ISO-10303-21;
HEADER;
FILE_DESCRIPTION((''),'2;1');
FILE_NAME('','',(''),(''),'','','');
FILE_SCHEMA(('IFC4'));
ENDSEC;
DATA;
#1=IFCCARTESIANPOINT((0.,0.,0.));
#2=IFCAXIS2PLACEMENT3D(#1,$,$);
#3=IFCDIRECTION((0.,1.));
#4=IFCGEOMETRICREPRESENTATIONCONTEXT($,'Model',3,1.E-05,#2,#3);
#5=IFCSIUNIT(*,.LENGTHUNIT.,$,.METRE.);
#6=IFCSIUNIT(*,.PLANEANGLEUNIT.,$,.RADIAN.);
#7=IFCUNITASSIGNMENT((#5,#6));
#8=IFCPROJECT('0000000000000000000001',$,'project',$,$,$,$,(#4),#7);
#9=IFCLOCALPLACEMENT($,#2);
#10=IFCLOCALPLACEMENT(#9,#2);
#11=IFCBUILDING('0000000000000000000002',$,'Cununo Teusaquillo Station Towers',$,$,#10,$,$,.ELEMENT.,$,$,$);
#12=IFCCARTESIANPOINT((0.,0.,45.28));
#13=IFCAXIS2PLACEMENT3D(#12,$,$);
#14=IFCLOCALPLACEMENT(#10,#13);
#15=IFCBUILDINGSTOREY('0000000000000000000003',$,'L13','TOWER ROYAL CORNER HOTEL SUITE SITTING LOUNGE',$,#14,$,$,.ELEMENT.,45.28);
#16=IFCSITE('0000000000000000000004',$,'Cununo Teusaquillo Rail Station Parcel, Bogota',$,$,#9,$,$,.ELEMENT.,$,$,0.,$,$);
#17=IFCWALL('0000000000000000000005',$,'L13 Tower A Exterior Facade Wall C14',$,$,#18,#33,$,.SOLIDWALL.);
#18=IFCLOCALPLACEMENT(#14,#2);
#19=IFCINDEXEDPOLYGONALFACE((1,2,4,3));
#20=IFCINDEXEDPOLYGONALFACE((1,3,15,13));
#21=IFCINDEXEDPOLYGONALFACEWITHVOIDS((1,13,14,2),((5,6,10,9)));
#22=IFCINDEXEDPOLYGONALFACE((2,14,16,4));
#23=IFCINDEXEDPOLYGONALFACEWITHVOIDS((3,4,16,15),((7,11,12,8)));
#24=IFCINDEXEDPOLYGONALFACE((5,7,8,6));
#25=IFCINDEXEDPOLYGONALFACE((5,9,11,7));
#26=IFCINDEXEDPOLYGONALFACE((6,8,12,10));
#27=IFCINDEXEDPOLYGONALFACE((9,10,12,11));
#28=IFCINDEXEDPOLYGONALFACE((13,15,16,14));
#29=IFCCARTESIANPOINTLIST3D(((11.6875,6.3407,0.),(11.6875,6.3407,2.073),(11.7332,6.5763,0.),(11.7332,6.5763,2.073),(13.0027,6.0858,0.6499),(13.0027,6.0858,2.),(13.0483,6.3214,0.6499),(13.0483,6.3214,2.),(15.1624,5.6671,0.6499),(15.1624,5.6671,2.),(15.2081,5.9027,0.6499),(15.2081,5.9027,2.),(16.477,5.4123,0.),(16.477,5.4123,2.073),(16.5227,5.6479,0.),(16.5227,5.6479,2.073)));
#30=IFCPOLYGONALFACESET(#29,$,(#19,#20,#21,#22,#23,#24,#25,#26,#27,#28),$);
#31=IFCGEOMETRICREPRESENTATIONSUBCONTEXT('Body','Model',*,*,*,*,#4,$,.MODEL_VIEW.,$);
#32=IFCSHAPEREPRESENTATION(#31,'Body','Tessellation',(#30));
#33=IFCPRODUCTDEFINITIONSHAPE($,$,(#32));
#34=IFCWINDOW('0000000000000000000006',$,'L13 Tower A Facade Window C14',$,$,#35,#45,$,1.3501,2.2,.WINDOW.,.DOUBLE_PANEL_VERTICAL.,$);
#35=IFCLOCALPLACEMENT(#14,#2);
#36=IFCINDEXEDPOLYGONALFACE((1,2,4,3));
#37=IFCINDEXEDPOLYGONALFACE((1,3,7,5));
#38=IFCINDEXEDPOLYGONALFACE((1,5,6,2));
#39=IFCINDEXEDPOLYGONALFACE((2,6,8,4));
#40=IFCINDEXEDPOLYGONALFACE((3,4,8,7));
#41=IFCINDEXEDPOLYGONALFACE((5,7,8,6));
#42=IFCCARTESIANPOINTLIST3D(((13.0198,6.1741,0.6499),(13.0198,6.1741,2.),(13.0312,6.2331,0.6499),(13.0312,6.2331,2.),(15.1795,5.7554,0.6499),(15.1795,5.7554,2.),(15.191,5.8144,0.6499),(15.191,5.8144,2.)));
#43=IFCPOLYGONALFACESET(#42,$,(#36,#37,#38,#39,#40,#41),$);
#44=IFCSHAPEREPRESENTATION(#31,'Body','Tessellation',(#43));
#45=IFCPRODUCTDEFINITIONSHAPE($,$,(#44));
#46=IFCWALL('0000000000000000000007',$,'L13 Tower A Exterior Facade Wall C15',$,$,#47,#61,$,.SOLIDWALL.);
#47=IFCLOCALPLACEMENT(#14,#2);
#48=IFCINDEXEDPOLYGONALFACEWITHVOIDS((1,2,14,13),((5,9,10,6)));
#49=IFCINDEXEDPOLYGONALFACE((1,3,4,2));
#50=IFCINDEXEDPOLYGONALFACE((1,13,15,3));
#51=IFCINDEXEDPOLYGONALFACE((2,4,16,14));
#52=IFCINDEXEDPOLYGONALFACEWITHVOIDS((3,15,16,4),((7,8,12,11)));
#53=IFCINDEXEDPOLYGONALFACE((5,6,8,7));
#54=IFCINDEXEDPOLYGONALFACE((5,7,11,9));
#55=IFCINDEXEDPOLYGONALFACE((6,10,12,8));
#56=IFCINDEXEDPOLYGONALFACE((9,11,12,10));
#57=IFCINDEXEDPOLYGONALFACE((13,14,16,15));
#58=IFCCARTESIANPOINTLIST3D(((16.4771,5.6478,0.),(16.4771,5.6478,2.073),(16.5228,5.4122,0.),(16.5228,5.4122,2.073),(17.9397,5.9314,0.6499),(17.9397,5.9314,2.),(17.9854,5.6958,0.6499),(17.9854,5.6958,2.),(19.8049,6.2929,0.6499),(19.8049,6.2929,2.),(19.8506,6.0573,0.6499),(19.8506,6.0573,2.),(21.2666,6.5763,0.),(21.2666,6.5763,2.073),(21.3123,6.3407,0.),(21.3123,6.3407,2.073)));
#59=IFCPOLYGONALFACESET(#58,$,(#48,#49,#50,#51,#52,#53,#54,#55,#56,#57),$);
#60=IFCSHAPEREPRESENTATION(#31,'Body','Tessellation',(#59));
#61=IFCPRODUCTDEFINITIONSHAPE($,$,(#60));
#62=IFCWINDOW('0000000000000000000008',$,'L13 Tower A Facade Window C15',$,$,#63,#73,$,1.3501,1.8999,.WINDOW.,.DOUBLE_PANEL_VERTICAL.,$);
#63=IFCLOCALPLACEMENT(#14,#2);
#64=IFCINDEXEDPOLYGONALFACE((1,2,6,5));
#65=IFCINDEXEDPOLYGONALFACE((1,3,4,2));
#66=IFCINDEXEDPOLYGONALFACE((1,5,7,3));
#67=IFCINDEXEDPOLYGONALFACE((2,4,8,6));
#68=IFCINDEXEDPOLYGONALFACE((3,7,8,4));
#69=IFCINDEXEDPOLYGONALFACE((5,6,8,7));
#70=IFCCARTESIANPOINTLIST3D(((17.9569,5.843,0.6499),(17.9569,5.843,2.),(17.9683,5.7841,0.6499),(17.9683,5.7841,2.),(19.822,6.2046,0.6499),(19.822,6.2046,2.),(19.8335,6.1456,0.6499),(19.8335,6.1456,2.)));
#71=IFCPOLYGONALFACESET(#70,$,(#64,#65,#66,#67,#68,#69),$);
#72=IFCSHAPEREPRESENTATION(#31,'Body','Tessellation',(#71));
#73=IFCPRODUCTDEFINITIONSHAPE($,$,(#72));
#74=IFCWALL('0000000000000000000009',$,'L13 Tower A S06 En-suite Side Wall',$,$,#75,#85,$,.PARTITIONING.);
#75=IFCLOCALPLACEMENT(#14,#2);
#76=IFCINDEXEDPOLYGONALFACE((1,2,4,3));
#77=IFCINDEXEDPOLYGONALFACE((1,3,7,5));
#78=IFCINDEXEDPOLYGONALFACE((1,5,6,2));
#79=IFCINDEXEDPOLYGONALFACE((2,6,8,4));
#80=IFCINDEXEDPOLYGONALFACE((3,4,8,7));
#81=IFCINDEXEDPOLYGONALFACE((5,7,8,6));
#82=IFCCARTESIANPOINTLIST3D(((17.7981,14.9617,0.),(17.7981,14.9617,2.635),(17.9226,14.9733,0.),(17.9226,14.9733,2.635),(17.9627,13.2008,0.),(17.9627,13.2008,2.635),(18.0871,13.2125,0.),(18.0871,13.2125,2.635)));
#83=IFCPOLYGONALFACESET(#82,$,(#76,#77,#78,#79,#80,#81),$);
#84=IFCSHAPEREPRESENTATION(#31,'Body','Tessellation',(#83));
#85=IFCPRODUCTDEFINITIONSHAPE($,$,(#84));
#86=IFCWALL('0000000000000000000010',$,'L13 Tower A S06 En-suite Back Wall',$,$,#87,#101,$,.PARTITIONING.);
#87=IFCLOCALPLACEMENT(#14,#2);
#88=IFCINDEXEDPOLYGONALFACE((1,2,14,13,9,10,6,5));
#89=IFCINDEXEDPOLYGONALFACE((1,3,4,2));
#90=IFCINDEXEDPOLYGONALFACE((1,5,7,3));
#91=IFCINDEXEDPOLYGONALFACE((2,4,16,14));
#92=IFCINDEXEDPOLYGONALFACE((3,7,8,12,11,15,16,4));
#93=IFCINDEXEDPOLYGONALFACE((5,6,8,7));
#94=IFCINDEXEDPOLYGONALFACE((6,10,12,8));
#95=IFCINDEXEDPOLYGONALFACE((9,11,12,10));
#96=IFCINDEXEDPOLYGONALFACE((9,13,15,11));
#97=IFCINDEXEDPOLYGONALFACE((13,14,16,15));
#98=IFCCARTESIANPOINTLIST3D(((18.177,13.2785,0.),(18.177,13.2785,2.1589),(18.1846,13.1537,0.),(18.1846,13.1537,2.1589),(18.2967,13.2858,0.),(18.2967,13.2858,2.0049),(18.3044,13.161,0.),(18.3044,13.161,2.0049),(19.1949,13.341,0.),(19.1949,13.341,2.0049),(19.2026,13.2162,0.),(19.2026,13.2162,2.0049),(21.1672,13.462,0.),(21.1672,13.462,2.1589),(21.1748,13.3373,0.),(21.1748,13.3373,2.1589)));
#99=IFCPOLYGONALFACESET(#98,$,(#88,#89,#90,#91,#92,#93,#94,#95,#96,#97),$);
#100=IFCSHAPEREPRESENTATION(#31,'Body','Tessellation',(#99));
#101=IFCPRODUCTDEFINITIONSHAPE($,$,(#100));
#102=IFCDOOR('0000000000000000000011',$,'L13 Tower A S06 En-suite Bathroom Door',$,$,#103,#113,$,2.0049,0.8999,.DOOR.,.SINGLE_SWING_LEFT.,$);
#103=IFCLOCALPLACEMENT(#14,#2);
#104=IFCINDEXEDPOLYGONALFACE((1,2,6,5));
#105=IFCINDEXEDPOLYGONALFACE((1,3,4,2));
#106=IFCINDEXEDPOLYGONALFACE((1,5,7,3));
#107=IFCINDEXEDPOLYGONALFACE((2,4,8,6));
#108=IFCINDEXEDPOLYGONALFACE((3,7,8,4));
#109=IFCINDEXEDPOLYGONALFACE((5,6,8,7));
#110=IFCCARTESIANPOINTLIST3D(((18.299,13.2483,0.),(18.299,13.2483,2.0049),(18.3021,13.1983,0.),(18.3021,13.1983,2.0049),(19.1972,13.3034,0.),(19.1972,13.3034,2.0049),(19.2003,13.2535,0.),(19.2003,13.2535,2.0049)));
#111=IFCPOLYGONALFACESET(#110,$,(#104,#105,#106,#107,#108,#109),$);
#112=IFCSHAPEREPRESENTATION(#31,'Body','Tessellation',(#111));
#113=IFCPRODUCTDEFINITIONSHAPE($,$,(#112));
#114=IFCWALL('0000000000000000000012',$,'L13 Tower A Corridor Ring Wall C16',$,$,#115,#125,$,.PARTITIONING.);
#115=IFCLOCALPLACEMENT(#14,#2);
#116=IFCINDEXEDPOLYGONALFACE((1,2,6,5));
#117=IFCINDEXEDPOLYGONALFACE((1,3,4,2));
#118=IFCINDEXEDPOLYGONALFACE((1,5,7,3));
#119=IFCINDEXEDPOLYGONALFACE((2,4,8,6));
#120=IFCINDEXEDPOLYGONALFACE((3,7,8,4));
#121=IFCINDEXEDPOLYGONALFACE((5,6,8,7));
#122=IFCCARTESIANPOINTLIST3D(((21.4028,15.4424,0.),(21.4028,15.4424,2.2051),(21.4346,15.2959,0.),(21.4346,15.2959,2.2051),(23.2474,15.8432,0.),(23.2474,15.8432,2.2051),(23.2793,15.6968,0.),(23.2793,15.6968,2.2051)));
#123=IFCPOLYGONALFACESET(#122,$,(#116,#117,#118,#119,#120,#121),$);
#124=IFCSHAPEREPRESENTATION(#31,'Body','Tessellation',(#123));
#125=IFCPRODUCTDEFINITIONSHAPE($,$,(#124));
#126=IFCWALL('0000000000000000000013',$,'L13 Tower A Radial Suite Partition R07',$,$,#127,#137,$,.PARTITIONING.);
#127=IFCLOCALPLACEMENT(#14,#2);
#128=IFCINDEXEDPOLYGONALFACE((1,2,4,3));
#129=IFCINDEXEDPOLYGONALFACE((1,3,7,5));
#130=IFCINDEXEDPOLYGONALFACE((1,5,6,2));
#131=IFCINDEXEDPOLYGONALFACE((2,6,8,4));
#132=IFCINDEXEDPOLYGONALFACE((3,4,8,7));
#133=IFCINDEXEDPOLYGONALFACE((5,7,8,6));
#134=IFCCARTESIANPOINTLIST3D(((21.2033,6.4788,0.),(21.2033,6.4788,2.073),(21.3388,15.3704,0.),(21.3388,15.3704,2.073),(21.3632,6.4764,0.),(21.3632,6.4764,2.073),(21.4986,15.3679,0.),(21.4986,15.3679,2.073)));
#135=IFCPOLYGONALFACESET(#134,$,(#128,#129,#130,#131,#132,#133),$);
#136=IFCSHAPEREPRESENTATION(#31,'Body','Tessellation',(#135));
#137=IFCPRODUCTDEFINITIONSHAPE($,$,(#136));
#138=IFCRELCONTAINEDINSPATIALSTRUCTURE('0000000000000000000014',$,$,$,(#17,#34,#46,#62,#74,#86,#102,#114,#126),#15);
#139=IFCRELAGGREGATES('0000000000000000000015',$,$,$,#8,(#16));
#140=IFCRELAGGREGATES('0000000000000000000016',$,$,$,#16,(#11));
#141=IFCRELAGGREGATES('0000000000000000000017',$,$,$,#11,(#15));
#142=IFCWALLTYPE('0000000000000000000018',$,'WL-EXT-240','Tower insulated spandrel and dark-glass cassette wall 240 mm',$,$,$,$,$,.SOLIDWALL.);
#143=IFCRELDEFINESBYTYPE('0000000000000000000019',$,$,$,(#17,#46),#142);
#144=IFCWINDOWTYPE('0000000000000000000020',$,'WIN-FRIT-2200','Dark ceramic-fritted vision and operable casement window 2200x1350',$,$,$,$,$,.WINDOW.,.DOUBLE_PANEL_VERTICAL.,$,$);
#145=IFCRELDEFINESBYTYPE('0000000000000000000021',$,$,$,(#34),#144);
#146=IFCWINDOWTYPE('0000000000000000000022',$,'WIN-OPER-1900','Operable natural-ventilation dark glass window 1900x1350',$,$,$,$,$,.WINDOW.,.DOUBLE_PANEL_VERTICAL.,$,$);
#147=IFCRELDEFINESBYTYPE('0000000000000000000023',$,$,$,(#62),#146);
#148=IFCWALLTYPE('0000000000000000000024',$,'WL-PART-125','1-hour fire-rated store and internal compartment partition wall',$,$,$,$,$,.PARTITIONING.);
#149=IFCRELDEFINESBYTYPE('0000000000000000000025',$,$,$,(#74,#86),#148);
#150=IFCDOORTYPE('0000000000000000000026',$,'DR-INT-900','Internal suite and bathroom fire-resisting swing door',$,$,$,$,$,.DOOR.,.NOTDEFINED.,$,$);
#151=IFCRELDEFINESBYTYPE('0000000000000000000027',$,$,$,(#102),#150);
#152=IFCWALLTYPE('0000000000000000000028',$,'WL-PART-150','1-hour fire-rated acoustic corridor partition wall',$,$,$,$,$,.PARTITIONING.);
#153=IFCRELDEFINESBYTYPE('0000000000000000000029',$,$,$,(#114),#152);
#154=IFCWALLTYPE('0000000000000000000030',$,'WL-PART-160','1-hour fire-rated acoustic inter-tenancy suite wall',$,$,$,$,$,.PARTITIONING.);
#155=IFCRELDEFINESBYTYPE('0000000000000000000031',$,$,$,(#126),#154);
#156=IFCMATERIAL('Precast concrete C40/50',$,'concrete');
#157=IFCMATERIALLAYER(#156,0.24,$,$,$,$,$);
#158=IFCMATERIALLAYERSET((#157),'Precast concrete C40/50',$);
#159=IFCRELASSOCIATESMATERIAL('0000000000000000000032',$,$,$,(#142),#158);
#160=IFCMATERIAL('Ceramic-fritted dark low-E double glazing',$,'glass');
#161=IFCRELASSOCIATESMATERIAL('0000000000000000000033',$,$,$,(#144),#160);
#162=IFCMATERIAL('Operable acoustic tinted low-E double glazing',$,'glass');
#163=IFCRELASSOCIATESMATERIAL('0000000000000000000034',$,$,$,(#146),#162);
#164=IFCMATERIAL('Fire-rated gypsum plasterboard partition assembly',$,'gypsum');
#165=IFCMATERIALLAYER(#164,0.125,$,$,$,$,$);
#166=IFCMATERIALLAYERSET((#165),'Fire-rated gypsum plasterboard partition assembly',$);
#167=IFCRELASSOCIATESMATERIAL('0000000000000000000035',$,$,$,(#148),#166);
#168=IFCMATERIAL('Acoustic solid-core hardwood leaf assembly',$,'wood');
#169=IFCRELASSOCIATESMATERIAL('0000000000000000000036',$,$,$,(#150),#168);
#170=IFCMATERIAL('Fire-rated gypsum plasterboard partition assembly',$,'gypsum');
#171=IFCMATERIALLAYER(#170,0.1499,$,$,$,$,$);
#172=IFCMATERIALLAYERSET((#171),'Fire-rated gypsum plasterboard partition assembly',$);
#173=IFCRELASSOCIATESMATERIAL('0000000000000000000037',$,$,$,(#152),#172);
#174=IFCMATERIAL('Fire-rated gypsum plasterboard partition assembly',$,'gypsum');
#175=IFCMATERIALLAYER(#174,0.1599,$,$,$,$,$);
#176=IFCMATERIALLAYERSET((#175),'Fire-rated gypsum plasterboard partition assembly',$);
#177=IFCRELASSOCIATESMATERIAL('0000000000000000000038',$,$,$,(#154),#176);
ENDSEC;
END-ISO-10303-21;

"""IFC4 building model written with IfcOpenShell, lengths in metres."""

from ifc_helpers import new_model, si_unit, direction, frame, frame_2d, origin, place, context, subcontext, project, spatial, rectangle, extrude, source, transform, mapped, material, layer, layer_set, type_object, element, fill, save


model = new_model("IFC4")

# Units and contexts
model_context = context("Model", 3, precision=1e-05, world=origin(), true_north=direction((0.0, 1.0)))
body_context = subcontext(model_context, "Body", "Model", "MODEL_VIEW")
ifc_project = project(units=[si_unit("LENGTHUNIT", "METRE"), si_unit("PLANEANGLEUNIT", "RADIAN")], contexts=[model_context])

# Site, building, storey
site_placement = place(None, origin())
site = spatial("IfcSite", under=ifc_project, at=site_placement, Name="Cununo Teusaquillo Rail Station Parcel, Bogota", CompositionType="ELEMENT", RefElevation=0.0)
building_placement = place(site_placement, origin())
building = spatial("IfcBuilding", under=site, at=building_placement, Name="Cununo Teusaquillo Station Towers", CompositionType="ELEMENT")
storey_placement = place(building_placement, frame((0.0, 0.0, 45.28)))
storey = spatial("IfcBuildingStorey", under=building, at=storey_placement, Name="L13", Description="TOWER ROYAL CORNER HOTEL SUITE SITTING LOUNGE", CompositionType="ELEMENT", Elevation=45.28)

# Walls, openings, windows
ifc_material_1 = material(Name="Precast concrete C40/50", Category="concrete")
ifc_layer_1 = layer(ifc_material_1, 0.24)
ifc_layer_set_1 = layer_set([ifc_layer_1], Name="Precast concrete C40/50")
wall_type_1 = type_object("IfcWallType", Name="WL-EXT-240", Description="Tower insulated spandrel and dark-glass cassette wall 240 mm", PredefinedType="SOLIDWALL", material=ifc_layer_set_1)
wall_1_placement = place(storey_placement, frame((16.5, 5.53, 0.0), z_axis=(0.0, 0.0, 1.0), x_axis=(-0.981724, 0.19031, 0.0)))
wall_1 = element("IfcWall", 1, at=wall_1_placement, inside=storey, type_object=wall_type_1, Name="L13 Tower A Exterior Facade Wall C14", PredefinedType="SOLIDWALL", context=body_context, shape_type="SweptSolid", body=[
    extrude(rectangle(XDim=4.8787, YDim=0.24, at=frame_2d((2.4395, 0.0))), origin(), (0.0, 0.0, 1.0), 2.073),
])
shared_shape_1 = source(origin(), body_context, "Body", "SweptSolid", [
    extrude(rectangle(XDim=2.2, YDim=1.3501, at=frame_2d((1.1001, 0.675))), frame((0.0, 0.1299, 0.0), z_axis=(0.0, -1.0, 0.0), x_axis=(1.0, 0.0, 0.0)), (0.0, 0.0, 1.0), 0.26),
])
opening_1_placement = place(wall_1_placement, frame((1.3391, 0.0, 0.6499)))
opening_1 = element("IfcOpeningElement", 2, at=opening_1_placement, cuts=wall_1, PredefinedType="OPENING", context=body_context, shape_type="MappedRepresentation", body=[
    mapped(shared_shape_1, transform((0.0, 0.0, 0.0), x_axis=(1.0, 0.0, 0.0), y_axis=(0.0, 1.0, 0.0), z_axis=(0.0, 0.0, 1.0), scale=1.0)),
])
ifc_material_2 = material(Name="Ceramic-fritted dark low-E double glazing", Category="glass")
window_type_1 = type_object("IfcWindowType", Name="WIN-FRIT-2200", Description="Dark ceramic-fritted vision and operable casement window 2200x1350", PartitioningType="DOUBLE_PANEL_VERTICAL", PredefinedType="WINDOW", material=ifc_material_2)
shared_shape_2 = source(origin(), body_context, "Body", "SweptSolid", [
    extrude(rectangle(XDim=2.2, YDim=1.3501, at=frame_2d((1.1001, 0.675))), frame((0.0, 0.03, 0.0), z_axis=(0.0, -1.0, 0.0), x_axis=(1.0, 0.0, 0.0)), (0.0, 0.0, 1.0), 0.0601),
])
window_1_placement = place(opening_1_placement, origin())
window_1 = element("IfcWindow", 3, at=window_1_placement, inside=storey, type_object=window_type_1, Name="L13 Tower A Facade Window C14", OverallHeight=1.3501, OverallWidth=2.2, PartitioningType="DOUBLE_PANEL_VERTICAL", PredefinedType="WINDOW", context=body_context, shape_type="MappedRepresentation", body=[
    mapped(shared_shape_2, transform((0.0, 0.0, 0.0), x_axis=(1.0, 0.0, 0.0), y_axis=(0.0, 1.0, 0.0), z_axis=(0.0, 0.0, 1.0), scale=1.0)),
])
fill(opening_1, window_1)
wall_2_placement = place(storey_placement, frame((21.2896, 6.4585, 0.0), z_axis=(0.0, 0.0, 1.0), x_axis=(-0.981724, -0.19031, 0.0)))
wall_2 = element("IfcWall", 4, at=wall_2_placement, inside=storey, type_object=wall_type_1, Name="L13 Tower A Exterior Facade Wall C15", PredefinedType="SOLIDWALL", context=body_context, shape_type="SweptSolid", body=[
    extrude(rectangle(XDim=4.8787, YDim=0.24, at=frame_2d((2.4395, 0.0))), origin(), (0.0, 0.0, 1.0), 2.073),
])
shared_shape_3 = source(origin(), body_context, "Body", "SweptSolid", [
    extrude(rectangle(XDim=1.8999, YDim=1.3501, at=frame_2d((0.95, 0.675))), frame((0.0, 0.1299, 0.0), z_axis=(0.0, -1.0, 0.0), x_axis=(1.0, 0.0, 0.0)), (0.0, 0.0, 1.0), 0.26),
])
opening_2_placement = place(wall_2_placement, frame((1.489, 0.0, 0.6499)))
opening_2 = element("IfcOpeningElement", 5, at=opening_2_placement, cuts=wall_2, PredefinedType="OPENING", context=body_context, shape_type="MappedRepresentation", body=[
    mapped(shared_shape_3, transform((0.0, 0.0, 0.0), x_axis=(1.0, 0.0, 0.0), y_axis=(0.0, 1.0, 0.0), z_axis=(0.0, 0.0, 1.0), scale=1.0)),
])
ifc_material_3 = material(Name="Operable acoustic tinted low-E double glazing", Category="glass")
window_type_2 = type_object("IfcWindowType", Name="WIN-OPER-1900", Description="Operable natural-ventilation dark glass window 1900x1350", PartitioningType="DOUBLE_PANEL_VERTICAL", PredefinedType="WINDOW", material=ifc_material_3)
shared_shape_4 = source(origin(), body_context, "Body", "SweptSolid", [
    extrude(rectangle(XDim=1.8999, YDim=1.3501, at=frame_2d((0.95, 0.675))), frame((0.0, 0.03, 0.0), z_axis=(0.0, -1.0, 0.0), x_axis=(1.0, 0.0, 0.0)), (0.0, 0.0, 1.0), 0.0601),
])
window_2_placement = place(opening_2_placement, origin())
window_2 = element("IfcWindow", 6, at=window_2_placement, inside=storey, type_object=window_type_2, Name="L13 Tower A Facade Window C15", OverallHeight=1.3501, OverallWidth=1.8999, PartitioningType="DOUBLE_PANEL_VERTICAL", PredefinedType="WINDOW", context=body_context, shape_type="MappedRepresentation", body=[
    mapped(shared_shape_4, transform((0.0, 0.0, 0.0), x_axis=(1.0, 0.0, 0.0), y_axis=(0.0, 1.0, 0.0), z_axis=(0.0, 0.0, 1.0), scale=1.0)),
])
fill(opening_2, window_2)

# Wall
ifc_material_4 = material(Name="Fire-rated gypsum plasterboard partition assembly", Category="gypsum")
ifc_layer_2 = layer(ifc_material_4, 0.125)
ifc_layer_set_2 = layer_set([ifc_layer_2], Name="Fire-rated gypsum plasterboard partition assembly")
wall_type_2 = type_object("IfcWallType", Name="WL-PART-125", Description="1-hour fire-rated store and internal compartment partition wall", PredefinedType="PARTITIONING", material=ifc_layer_set_2)
wall_3_placement = place(storey_placement, frame((17.8604, 14.9675, 0.0), z_axis=(0.0, 0.0, 1.0), x_axis=(0.093037, -0.995663, 0.0)))
element("IfcWall", 7, at=wall_3_placement, inside=storey, type_object=wall_type_2, Name="L13 Tower A S06 En-suite Side Wall", PredefinedType="PARTITIONING", context=body_context, shape_type="SweptSolid", body=[
    extrude(rectangle(XDim=1.7686, YDim=0.125, at=frame_2d((0.8843, 0.0))), origin(), (0.0, 0.0, 1.0), 2.635),
])

# Wall, opening, door
wall_4_placement = place(storey_placement, frame((18.1807, 13.2161, 0.0), z_axis=(0.0, 0.0, 1.0), x_axis=(0.99812, 0.061282, 0.0)))
wall_4 = element("IfcWall", 8, at=wall_4_placement, inside=storey, type_object=wall_type_2, Name="L13 Tower A S06 En-suite Back Wall", PredefinedType="PARTITIONING", context=body_context, shape_type="SweptSolid", body=[
    extrude(rectangle(XDim=2.9958, YDim=0.125, at=frame_2d((1.498, 0.0))), origin(), (0.0, 0.0, 1.0), 2.1589),
])
shared_shape_5 = source(origin(), body_context, "Body", "SweptSolid", [
    extrude(rectangle(XDim=0.8999, YDim=2.0049, at=frame_2d((0.45, 1.0024))), frame((0.0, 0.0725, 0.0), z_axis=(0.0, -1.0, 0.0), x_axis=(1.0, 0.0, 0.0)), (0.0, 0.0, 1.0), 0.145),
])
opening_3_placement = place(wall_4_placement, frame((0.1201, 0.0, 0.0)))
opening_3 = element("IfcOpeningElement", 9, at=opening_3_placement, cuts=wall_4, PredefinedType="OPENING", context=body_context, shape_type="MappedRepresentation", body=[
    mapped(shared_shape_5, transform((0.0, 0.0, 0.0), x_axis=(1.0, 0.0, 0.0), y_axis=(0.0, 1.0, 0.0), z_axis=(0.0, 0.0, 1.0), scale=1.0)),
])
ifc_material_5 = material(Name="Acoustic solid-core hardwood leaf assembly", Category="wood")
door_type_1 = type_object("IfcDoorType", Name="DR-INT-900", Description="Internal suite and bathroom fire-resisting swing door", OperationType="NOTDEFINED", PredefinedType="DOOR", material=ifc_material_5)
shared_shape_6 = source(origin(), body_context, "Body", "SweptSolid", [
    extrude(rectangle(XDim=0.8999, YDim=2.0049, at=frame_2d((0.45, 1.0024))), frame((0.0, 0.0249, 0.0), z_axis=(0.0, -1.0, 0.0), x_axis=(1.0, 0.0, 0.0)), (0.0, 0.0, 1.0), 0.05),
])
door_1_placement = place(opening_3_placement, origin())
door_1 = element("IfcDoor", 10, at=door_1_placement, inside=storey, type_object=door_type_1, Name="L13 Tower A S06 En-suite Bathroom Door", OperationType="SINGLE_SWING_LEFT", OverallHeight=2.0049, OverallWidth=0.8999, PredefinedType="DOOR", context=body_context, shape_type="MappedRepresentation", body=[
    mapped(shared_shape_6, transform((0.0, 0.0, 0.0), x_axis=(1.0, 0.0, 0.0), y_axis=(0.0, 1.0, 0.0), z_axis=(0.0, 0.0, 1.0), scale=1.0)),
])
fill(opening_3, door_1)

# Walls
ifc_material_6 = material(Name="Fire-rated gypsum plasterboard partition assembly", Category="gypsum")
ifc_layer_3 = layer(ifc_material_6, 0.1499)
ifc_layer_set_3 = layer_set([ifc_layer_3], Name="Fire-rated gypsum plasterboard partition assembly")
wall_type_3 = type_object("IfcWallType", Name="WL-PART-150", Description="1-hour fire-rated acoustic corridor partition wall", PredefinedType="PARTITIONING", material=ifc_layer_set_3)
wall_5_placement = place(storey_placement, frame((21.4187, 15.3691, 0.0), z_axis=(0.0, 0.0, 1.0), x_axis=(0.977193, 0.212354, 0.0)))
element("IfcWall", 11, at=wall_5_placement, inside=storey, type_object=wall_type_3, Name="L13 Tower A Corridor Ring Wall C16", PredefinedType="PARTITIONING", context=body_context, shape_type="SweptSolid", body=[
    extrude(rectangle(XDim=1.8877, YDim=0.1499, at=frame_2d((0.9438, 0.0))), origin(), (0.0, 0.0, 1.0), 2.2051),
])
ifc_material_7 = material(Name="Fire-rated gypsum plasterboard partition assembly", Category="gypsum")
ifc_layer_4 = layer(ifc_material_7, 0.1599)
ifc_layer_set_4 = layer_set([ifc_layer_4], Name="Fire-rated gypsum plasterboard partition assembly")
wall_type_4 = type_object("IfcWallType", Name="WL-PART-160", Description="1-hour fire-rated acoustic inter-tenancy suite wall", PredefinedType="PARTITIONING", material=ifc_layer_set_4)
wall_6_placement = place(storey_placement, frame((21.4187, 15.3691, 0.0), z_axis=(0.0, 0.0, 1.0), x_axis=(-0.015237, -0.999884, 0.0)))
element("IfcWall", 12, at=wall_6_placement, inside=storey, type_object=wall_type_4, Name="L13 Tower A Radial Suite Partition R07", PredefinedType="PARTITIONING", context=body_context, shape_type="SweptSolid", body=[
    extrude(rectangle(XDim=8.8926, YDim=0.1599, at=frame_2d((4.4463, 0.0))), origin(), (0.0, 0.0, 1.0), 2.073),
])

save(model, "model.ifc")
